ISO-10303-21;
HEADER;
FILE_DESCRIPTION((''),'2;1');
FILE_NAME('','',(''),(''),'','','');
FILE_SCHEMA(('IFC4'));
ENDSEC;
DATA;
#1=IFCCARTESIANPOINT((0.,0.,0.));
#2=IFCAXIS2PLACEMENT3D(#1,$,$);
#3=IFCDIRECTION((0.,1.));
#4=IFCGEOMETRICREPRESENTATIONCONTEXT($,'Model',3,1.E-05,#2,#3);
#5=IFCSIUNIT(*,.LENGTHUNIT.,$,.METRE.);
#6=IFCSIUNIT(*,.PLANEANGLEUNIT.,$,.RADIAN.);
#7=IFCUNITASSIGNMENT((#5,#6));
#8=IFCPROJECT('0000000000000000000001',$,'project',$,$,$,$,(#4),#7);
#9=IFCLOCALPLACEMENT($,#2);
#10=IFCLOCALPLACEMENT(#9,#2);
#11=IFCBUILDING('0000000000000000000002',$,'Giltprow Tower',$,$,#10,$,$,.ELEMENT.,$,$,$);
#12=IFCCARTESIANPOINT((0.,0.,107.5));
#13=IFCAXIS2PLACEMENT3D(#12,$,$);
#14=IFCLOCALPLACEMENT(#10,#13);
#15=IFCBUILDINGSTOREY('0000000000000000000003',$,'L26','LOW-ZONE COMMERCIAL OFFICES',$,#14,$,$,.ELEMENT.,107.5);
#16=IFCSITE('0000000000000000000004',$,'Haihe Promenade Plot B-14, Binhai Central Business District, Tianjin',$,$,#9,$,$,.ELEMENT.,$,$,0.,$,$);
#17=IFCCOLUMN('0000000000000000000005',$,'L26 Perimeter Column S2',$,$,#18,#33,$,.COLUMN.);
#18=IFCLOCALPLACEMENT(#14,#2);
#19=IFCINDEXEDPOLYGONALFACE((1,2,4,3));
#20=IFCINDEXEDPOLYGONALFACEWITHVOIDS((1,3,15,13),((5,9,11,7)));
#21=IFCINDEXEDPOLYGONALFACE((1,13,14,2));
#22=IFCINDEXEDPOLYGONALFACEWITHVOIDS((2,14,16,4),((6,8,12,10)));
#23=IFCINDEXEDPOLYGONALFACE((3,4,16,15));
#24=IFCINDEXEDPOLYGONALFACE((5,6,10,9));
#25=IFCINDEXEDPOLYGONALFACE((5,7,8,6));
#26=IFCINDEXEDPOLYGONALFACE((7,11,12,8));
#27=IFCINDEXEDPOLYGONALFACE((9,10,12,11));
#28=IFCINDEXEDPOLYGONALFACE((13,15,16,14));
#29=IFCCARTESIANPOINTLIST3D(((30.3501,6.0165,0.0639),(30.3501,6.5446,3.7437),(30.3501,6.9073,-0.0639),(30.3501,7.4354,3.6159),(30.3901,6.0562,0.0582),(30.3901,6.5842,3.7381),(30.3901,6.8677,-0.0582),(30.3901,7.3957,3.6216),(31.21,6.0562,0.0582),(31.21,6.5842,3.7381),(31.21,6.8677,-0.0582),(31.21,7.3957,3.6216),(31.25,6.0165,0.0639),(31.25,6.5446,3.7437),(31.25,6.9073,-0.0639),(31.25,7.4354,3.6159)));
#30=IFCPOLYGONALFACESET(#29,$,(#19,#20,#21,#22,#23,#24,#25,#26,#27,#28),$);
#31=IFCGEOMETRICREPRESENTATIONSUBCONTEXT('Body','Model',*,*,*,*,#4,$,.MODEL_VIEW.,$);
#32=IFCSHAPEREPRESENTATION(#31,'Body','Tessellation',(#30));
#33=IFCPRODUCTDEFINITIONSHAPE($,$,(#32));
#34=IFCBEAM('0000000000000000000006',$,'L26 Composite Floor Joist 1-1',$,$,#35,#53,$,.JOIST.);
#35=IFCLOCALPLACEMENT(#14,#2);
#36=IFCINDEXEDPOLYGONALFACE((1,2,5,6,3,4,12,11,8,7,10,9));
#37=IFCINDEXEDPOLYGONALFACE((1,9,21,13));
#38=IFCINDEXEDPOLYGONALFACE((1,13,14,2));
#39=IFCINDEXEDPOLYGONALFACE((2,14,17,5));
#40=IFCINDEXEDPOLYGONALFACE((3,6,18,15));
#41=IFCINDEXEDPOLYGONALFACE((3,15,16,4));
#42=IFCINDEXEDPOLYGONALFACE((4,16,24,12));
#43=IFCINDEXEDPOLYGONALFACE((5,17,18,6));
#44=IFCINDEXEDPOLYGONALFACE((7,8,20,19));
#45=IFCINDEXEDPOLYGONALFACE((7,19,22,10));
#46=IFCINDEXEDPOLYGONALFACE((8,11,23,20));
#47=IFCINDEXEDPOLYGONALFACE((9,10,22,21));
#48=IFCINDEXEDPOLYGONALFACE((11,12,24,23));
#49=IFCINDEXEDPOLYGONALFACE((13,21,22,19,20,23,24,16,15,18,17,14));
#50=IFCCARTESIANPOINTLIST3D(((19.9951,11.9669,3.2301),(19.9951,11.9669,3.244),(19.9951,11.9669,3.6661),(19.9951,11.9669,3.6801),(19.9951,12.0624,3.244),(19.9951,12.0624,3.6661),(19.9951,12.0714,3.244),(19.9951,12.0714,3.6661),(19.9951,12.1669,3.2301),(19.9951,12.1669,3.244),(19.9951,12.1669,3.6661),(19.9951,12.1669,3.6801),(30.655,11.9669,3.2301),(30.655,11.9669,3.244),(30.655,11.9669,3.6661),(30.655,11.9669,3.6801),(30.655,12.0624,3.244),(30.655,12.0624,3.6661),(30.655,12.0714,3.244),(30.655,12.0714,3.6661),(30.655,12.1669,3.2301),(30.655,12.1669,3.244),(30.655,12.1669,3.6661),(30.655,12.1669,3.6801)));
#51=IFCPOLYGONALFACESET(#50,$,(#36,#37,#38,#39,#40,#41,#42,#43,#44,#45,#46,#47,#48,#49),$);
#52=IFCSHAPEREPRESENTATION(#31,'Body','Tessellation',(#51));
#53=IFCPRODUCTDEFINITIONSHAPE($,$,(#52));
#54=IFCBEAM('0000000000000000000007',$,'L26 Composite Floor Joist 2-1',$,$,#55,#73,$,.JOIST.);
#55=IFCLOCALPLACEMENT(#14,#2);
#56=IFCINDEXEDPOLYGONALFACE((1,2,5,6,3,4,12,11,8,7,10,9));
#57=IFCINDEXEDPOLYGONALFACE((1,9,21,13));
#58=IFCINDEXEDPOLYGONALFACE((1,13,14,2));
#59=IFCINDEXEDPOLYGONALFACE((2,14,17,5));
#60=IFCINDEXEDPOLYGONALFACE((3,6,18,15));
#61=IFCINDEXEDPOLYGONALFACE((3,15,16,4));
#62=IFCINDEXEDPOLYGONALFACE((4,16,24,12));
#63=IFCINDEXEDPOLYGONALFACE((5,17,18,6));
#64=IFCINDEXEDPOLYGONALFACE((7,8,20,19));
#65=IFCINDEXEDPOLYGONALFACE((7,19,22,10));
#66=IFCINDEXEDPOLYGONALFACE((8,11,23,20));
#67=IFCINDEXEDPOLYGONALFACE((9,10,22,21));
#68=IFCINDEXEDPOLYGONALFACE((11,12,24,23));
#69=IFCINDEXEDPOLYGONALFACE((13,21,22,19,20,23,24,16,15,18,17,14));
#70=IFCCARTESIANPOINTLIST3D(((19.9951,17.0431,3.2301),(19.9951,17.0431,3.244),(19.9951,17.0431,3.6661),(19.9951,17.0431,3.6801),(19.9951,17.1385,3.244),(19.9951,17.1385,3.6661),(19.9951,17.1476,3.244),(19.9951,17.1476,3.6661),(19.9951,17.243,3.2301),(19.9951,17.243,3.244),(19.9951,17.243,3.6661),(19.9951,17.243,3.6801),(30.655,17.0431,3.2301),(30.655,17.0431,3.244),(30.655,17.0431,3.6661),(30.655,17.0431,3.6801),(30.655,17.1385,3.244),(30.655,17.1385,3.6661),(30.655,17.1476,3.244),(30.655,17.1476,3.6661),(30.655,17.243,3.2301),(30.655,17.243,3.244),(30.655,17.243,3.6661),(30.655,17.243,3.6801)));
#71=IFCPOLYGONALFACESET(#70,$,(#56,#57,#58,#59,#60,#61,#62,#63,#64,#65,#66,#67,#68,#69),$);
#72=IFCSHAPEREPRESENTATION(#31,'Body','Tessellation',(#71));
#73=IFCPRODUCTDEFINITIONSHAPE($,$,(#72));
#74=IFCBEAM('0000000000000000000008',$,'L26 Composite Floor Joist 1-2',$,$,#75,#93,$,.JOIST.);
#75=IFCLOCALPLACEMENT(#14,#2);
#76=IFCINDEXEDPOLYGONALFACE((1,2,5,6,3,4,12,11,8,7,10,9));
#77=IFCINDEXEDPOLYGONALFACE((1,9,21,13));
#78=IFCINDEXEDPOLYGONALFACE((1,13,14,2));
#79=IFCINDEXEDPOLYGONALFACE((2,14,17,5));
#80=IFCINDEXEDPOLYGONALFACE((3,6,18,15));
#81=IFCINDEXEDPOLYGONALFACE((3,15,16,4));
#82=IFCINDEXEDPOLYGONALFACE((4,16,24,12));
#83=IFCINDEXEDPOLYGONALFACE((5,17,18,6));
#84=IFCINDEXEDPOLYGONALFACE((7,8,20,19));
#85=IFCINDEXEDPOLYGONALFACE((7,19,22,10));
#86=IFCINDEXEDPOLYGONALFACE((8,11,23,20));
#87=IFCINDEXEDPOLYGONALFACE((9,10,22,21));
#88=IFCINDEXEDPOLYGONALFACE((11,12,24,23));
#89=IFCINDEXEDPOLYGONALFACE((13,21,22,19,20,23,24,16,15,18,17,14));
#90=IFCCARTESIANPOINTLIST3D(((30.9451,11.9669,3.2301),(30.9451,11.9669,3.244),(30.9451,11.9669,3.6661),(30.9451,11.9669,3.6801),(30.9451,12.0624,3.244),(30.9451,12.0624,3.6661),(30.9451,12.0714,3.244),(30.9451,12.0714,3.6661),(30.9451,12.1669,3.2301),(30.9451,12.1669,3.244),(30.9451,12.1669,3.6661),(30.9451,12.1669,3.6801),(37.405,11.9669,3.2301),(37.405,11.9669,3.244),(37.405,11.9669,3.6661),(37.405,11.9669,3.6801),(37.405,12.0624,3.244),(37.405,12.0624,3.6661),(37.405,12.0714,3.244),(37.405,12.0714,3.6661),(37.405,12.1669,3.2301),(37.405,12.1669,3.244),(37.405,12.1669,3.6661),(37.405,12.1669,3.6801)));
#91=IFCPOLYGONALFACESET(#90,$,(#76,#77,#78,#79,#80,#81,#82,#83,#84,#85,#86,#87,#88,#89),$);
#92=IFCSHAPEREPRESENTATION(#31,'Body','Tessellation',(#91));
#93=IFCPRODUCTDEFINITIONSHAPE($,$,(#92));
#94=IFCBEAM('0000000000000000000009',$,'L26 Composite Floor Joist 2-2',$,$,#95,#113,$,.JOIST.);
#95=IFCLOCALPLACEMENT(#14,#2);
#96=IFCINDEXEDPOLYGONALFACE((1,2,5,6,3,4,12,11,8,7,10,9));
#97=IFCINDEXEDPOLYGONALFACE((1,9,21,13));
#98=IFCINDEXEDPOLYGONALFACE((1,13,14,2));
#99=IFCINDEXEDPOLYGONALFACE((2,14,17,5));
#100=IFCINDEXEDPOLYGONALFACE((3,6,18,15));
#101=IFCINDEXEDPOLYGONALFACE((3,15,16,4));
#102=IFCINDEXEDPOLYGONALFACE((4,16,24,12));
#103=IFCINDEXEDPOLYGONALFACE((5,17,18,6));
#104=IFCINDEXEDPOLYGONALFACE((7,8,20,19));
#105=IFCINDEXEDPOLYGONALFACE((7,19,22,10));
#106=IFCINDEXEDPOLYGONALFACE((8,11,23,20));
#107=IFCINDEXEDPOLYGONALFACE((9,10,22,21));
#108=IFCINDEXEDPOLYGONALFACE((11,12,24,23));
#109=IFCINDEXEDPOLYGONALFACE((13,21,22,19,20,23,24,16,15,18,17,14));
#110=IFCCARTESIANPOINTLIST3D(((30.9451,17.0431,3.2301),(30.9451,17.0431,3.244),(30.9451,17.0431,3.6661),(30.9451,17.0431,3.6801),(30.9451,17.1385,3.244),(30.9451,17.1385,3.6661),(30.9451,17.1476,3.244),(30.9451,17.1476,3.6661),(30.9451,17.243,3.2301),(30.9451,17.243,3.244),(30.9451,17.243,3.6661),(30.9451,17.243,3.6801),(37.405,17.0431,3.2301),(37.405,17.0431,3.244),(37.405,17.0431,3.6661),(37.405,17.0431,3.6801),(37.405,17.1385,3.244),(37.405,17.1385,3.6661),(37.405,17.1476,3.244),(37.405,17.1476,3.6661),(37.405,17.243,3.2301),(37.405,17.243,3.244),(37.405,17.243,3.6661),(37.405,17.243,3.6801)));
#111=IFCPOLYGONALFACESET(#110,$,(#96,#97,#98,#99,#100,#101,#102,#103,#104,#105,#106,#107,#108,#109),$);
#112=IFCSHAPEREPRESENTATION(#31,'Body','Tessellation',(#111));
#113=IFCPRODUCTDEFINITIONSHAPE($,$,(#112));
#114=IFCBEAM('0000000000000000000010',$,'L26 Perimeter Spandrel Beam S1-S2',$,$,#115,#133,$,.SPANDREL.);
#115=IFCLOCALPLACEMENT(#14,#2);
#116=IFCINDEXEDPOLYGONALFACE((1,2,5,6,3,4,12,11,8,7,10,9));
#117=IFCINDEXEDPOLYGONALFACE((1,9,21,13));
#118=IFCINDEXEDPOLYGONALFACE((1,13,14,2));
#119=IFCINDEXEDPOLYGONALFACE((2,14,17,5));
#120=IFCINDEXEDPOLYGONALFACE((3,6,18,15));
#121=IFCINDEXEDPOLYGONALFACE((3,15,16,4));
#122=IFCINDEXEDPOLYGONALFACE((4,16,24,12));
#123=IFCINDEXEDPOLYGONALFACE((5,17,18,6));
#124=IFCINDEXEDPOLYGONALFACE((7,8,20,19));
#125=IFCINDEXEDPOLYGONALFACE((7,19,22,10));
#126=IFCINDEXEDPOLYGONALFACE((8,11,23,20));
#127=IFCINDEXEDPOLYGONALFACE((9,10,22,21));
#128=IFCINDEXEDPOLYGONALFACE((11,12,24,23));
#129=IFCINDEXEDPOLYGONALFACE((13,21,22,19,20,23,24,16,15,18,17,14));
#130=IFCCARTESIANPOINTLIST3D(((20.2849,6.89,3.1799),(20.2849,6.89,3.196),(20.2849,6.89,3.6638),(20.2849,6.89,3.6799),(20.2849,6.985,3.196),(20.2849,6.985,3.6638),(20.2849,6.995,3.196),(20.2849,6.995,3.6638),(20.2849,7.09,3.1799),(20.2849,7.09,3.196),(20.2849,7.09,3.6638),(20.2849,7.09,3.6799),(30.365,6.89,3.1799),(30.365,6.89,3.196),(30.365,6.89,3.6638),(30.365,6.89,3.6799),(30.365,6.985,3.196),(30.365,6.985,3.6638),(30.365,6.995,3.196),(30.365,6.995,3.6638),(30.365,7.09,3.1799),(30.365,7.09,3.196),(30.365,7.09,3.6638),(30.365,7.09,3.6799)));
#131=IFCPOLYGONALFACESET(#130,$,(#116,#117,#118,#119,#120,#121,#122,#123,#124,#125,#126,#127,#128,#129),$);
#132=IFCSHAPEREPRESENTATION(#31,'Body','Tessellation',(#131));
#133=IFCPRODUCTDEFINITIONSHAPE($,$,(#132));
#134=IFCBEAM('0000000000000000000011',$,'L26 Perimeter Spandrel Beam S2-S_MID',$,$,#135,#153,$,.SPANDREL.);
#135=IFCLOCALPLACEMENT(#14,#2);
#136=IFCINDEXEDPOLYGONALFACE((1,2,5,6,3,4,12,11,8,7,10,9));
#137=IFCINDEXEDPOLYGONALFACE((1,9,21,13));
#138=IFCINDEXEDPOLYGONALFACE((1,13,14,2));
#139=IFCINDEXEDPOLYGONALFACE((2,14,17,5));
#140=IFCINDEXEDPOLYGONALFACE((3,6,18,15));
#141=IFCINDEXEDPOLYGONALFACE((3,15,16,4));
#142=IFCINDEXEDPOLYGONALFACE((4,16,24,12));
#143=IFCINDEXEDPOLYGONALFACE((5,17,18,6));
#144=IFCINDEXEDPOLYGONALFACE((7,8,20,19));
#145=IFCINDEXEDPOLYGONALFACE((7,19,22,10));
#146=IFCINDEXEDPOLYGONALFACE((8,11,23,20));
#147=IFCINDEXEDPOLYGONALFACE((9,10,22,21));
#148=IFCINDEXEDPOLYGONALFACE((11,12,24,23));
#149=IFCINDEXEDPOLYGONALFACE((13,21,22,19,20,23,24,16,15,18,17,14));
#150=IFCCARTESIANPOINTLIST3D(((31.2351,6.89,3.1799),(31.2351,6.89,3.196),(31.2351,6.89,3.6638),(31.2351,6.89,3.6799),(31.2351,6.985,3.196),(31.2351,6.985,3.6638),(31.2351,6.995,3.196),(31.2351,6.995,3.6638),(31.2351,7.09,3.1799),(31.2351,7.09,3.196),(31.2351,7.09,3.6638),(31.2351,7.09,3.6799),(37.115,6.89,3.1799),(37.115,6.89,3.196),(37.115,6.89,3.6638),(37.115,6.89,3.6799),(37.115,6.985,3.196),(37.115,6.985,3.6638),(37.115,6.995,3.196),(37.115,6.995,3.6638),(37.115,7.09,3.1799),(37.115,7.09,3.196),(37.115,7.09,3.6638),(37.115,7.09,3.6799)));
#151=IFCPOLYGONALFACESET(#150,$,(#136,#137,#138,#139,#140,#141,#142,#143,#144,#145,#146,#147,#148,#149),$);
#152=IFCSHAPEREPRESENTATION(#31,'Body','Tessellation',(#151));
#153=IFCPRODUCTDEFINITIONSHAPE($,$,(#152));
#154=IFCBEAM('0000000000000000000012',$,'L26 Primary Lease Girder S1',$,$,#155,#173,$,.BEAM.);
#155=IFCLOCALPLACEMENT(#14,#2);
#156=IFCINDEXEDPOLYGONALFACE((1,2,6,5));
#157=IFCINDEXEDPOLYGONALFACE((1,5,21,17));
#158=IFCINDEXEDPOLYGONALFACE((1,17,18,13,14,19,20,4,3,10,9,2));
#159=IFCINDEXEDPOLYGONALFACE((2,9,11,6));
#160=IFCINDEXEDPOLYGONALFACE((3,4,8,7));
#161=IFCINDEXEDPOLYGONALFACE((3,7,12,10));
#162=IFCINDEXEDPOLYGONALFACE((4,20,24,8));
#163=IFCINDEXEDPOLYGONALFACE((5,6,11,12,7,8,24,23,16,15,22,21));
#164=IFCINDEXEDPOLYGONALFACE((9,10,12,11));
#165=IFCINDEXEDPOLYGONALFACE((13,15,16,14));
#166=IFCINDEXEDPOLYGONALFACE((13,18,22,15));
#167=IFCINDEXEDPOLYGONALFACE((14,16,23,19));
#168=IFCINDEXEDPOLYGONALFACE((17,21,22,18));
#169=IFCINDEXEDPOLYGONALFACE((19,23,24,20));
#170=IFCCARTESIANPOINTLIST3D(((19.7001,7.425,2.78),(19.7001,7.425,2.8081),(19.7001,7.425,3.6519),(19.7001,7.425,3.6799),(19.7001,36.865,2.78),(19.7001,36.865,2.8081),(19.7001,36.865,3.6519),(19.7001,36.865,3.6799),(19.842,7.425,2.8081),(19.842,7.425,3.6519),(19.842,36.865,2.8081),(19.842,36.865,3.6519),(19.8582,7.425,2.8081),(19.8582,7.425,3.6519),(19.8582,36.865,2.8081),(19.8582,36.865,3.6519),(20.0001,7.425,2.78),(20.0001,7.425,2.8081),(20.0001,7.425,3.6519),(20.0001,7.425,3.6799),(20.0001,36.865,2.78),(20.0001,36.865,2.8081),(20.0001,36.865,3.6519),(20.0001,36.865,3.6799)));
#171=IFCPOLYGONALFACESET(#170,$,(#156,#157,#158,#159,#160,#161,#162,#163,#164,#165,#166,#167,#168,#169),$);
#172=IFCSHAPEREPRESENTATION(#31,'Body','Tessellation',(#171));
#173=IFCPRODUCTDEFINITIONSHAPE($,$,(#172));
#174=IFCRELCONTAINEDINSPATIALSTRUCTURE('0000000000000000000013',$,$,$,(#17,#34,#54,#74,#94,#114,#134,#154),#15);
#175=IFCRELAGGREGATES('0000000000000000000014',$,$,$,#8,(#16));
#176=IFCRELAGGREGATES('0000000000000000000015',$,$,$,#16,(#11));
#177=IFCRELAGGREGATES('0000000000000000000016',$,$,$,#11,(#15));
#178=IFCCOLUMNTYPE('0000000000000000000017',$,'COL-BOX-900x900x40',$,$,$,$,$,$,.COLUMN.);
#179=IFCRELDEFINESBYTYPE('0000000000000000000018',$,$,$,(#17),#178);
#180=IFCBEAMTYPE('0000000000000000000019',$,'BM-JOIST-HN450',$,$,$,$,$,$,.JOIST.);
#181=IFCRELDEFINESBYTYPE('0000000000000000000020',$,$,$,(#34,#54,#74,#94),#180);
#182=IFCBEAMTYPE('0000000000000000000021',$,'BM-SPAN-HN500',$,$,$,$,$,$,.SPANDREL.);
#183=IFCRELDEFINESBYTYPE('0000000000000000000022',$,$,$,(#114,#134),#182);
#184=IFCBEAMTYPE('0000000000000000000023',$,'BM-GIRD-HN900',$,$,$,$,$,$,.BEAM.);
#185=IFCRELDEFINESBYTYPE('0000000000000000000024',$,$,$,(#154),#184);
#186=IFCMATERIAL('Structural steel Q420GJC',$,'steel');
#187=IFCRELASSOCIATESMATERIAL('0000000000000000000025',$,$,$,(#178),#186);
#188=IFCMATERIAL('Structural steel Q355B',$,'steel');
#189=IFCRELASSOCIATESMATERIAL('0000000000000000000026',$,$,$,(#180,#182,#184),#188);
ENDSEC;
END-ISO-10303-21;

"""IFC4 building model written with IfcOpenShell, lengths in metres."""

from ifc_helpers import new_model, si_unit, direction, frame, origin, origin_2d, place, context, subcontext, project, spatial, hollow_rectangle, i_section, extrude, source, transform, mapped, material, material_profile, profile_set, type_object, element, save


model = new_model("IFC4")

# Units and contexts
model_context = context("Model", 3, precision=1e-05, world=origin(), true_north=direction((0.0, 1.0)))
body_context = subcontext(model_context, "Body", "Model", "MODEL_VIEW")
ifc_project = project(units=[si_unit("LENGTHUNIT", "METRE"), si_unit("PLANEANGLEUNIT", "RADIAN")], contexts=[model_context])

# Site, building, storey
site_placement = place(None, origin())
site = spatial("IfcSite", under=ifc_project, at=site_placement, Name="Haihe Promenade Plot B-14, Binhai Central Business District, Tianjin", CompositionType="ELEMENT", RefElevation=0.0)
building_placement = place(site_placement, origin())
building = spatial("IfcBuilding", under=site, at=building_placement, Name="Giltprow Tower", CompositionType="ELEMENT")
storey_placement = place(building_placement, frame((0.0, 0.0, 107.5)))
storey = spatial("IfcBuildingStorey", under=building, at=storey_placement, Name="L26", Description="LOW-ZONE COMMERCIAL OFFICES", CompositionType="ELEMENT", Elevation=107.5)

# Column
ifc_material_1 = material(Name="Structural steel Q420GJC", Category="steel")
ifc_material_profile_1 = material_profile(ifc_material_1, hollow_rectangle(XDim=0.8999, YDim=0.8999, WallThickness=0.04, at=origin_2d()), Name="BOX 900x900x40")
ifc_profile_set_1 = profile_set([ifc_material_profile_1], Name="Structural steel Q420GJC")
column_type = type_object("IfcColumnType", Name="COL-BOX-900x900x40", PredefinedType="COLUMN", material=ifc_profile_set_1)
shared_shape_1 = source(origin(), body_context, "Body", "SweptSolid", [
    extrude(hollow_rectangle(XDim=0.8999, YDim=0.8999, WallThickness=0.04, at=origin_2d()), origin(), (0.0, 0.0, 1.0), 3.7175),
])
column_placement = place(storey_placement, frame((30.8, 6.4619, 0.0), z_axis=(0.0, 0.142047, 0.98986), x_axis=(-1.0, 0.0, 0.0)))
element("IfcColumn", 1, at=column_placement, inside=storey, type_object=column_type, Name="L26 Perimeter Column S2", PredefinedType="COLUMN", context=body_context, shape_type="MappedRepresentation", body=[
    mapped(shared_shape_1, transform((0.0, 0.0, 0.0), x_axis=(1.0, 0.0, 0.0), y_axis=(0.0, 1.0, 0.0), z_axis=(0.0, 0.0, 1.0), scale=1.0)),
])

# Beams
ifc_material_2 = material(Name="Structural steel Q355B", Category="steel")
ifc_material_profile_2 = material_profile(ifc_material_2, i_section(OverallWidth=0.2, OverallDepth=0.45, WebThickness=0.009, FlangeThickness=0.0139, at=origin_2d()), Name="HN 450x200x9x14")
ifc_profile_set_2 = profile_set([ifc_material_profile_2], Name="Structural steel Q355B")
beam_type_1 = type_object("IfcBeamType", Name="BM-JOIST-HN450", PredefinedType="JOIST", material=ifc_profile_set_2)
shared_shape_2 = source(origin(), body_context, "Body", "SweptSolid", [
    extrude(i_section(OverallWidth=0.2, OverallDepth=0.45, WebThickness=0.009, FlangeThickness=0.0139, at=origin_2d()), origin(), (0.0, 0.0, 1.0), 10.6599),
])
for number, where, z_axis, x_axis, name in (
    (2, (19.9951, 12.0669, 3.4551), (1.0, 0.0, 0.0), (0.0, 1.0, 0.0), "L26 Composite Floor Joist 1-1"),
    (3, (19.9951, 17.1431, 3.4551), (1.0, 0.0, 0.0), (0.0, 1.0, 0.0), "L26 Composite Floor Joist 2-1"),
):
    element("IfcBeam", number, at=place(storey_placement, frame(where, z_axis=z_axis, x_axis=x_axis)), inside=storey, type_object=beam_type_1, Name=name, PredefinedType="JOIST", context=body_context, shape_type="MappedRepresentation", body=[
        mapped(shared_shape_2, transform((0.0, 0.0, 0.0), x_axis=(1.0, 0.0, 0.0), y_axis=(0.0, 1.0, 0.0), z_axis=(0.0, 0.0, 1.0), scale=1.0)),
    ])
shared_shape_3 = source(origin(), body_context, "Body", "SweptSolid", [
    extrude(i_section(OverallWidth=0.2, OverallDepth=0.45, WebThickness=0.009, FlangeThickness=0.0139, at=origin_2d()), origin(), (0.0, 0.0, 1.0), 6.46),
])
for number, where, z_axis, x_axis, name in (
    (4, (30.9451, 12.0669, 3.4551), (1.0, 0.0, 0.0), (0.0, 1.0, 0.0), "L26 Composite Floor Joist 1-2"),
    (5, (30.9451, 17.1431, 3.4551), (1.0, 0.0, 0.0), (0.0, 1.0, 0.0), "L26 Composite Floor Joist 2-2"),
):
    element("IfcBeam", number, at=place(storey_placement, frame(where, z_axis=z_axis, x_axis=x_axis)), inside=storey, type_object=beam_type_1, Name=name, PredefinedType="JOIST", context=body_context, shape_type="MappedRepresentation", body=[
        mapped(shared_shape_3, transform((0.0, 0.0, 0.0), x_axis=(1.0, 0.0, 0.0), y_axis=(0.0, 1.0, 0.0), z_axis=(0.0, 0.0, 1.0), scale=1.0)),
    ])
ifc_material_profile_3 = material_profile(ifc_material_2, i_section(OverallWidth=0.2, OverallDepth=0.5, WebThickness=0.01, FlangeThickness=0.0161, at=origin_2d()), Name="HN 500x200x10x16")
ifc_profile_set_3 = profile_set([ifc_material_profile_3], Name="Structural steel Q355B")
beam_type_2 = type_object("IfcBeamType", Name="BM-SPAN-HN500", PredefinedType="SPANDREL", material=ifc_profile_set_3)
shared_shape_4 = source(origin(), body_context, "Body", "SweptSolid", [
    extrude(i_section(OverallWidth=0.2, OverallDepth=0.5, WebThickness=0.01, FlangeThickness=0.0161, at=origin_2d()), origin(), (0.0, 0.0, 1.0), 10.0801),
])
beam_1_placement = place(storey_placement, frame((20.2849, 6.99, 3.4299), z_axis=(1.0, 0.0, 0.0), x_axis=(0.0, 1.0, 0.0)))
element("IfcBeam", 6, at=beam_1_placement, inside=storey, type_object=beam_type_2, Name="L26 Perimeter Spandrel Beam S1-S2", PredefinedType="SPANDREL", context=body_context, shape_type="MappedRepresentation", body=[
    mapped(shared_shape_4, transform((0.0, 0.0, 0.0), x_axis=(1.0, 0.0, 0.0), y_axis=(0.0, 1.0, 0.0), z_axis=(0.0, 0.0, 1.0), scale=1.0)),
])
shared_shape_5 = source(origin(), body_context, "Body", "SweptSolid", [
    extrude(i_section(OverallWidth=0.2, OverallDepth=0.5, WebThickness=0.01, FlangeThickness=0.0161, at=origin_2d()), origin(), (0.0, 0.0, 1.0), 5.8799),
])
beam_2_placement = place(storey_placement, frame((31.2351, 6.99, 3.4299), z_axis=(1.0, 0.0, 0.0), x_axis=(0.0, 1.0, 0.0)))
element("IfcBeam", 7, at=beam_2_placement, inside=storey, type_object=beam_type_2, Name="L26 Perimeter Spandrel Beam S2-S_MID", PredefinedType="SPANDREL", context=body_context, shape_type="MappedRepresentation", body=[
    mapped(shared_shape_5, transform((0.0, 0.0, 0.0), x_axis=(1.0, 0.0, 0.0), y_axis=(0.0, 1.0, 0.0), z_axis=(0.0, 0.0, 1.0), scale=1.0)),
])
ifc_material_profile_4 = material_profile(ifc_material_2, i_section(OverallWidth=0.3, OverallDepth=0.8999, WebThickness=0.0161, FlangeThickness=0.0281, at=origin_2d()), Name="HN 900x300x16x28")
ifc_profile_set_4 = profile_set([ifc_material_profile_4], Name="Structural steel Q355B")
beam_type_3 = type_object("IfcBeamType", Name="BM-GIRD-HN900", PredefinedType="BEAM", material=ifc_profile_set_4)
shared_shape_6 = source(origin(), body_context, "Body", "SweptSolid", [
    extrude(i_section(OverallWidth=0.3, OverallDepth=0.8999, WebThickness=0.0161, FlangeThickness=0.0281, at=origin_2d()), origin(), (0.0, 0.0, 1.0), 29.4399),
])
for number, where, z_axis, x_axis, name in (
    (8, (19.8501, 7.425, 3.23), (0.0, 1.0, 0.0), (-1.0, 0.0, 0.0), "L26 Primary Lease Girder S1"),
):
    element("IfcBeam", number, at=place(storey_placement, frame(where, z_axis=z_axis, x_axis=x_axis)), inside=storey, type_object=beam_type_3, Name=name, PredefinedType="BEAM", context=body_context, shape_type="MappedRepresentation", body=[
        mapped(shared_shape_6, transform((0.0, 0.0, 0.0), x_axis=(1.0, 0.0, 0.0), y_axis=(0.0, 1.0, 0.0), z_axis=(0.0, 0.0, 1.0), scale=1.0)),
    ])

save(model, "model.ifc")
